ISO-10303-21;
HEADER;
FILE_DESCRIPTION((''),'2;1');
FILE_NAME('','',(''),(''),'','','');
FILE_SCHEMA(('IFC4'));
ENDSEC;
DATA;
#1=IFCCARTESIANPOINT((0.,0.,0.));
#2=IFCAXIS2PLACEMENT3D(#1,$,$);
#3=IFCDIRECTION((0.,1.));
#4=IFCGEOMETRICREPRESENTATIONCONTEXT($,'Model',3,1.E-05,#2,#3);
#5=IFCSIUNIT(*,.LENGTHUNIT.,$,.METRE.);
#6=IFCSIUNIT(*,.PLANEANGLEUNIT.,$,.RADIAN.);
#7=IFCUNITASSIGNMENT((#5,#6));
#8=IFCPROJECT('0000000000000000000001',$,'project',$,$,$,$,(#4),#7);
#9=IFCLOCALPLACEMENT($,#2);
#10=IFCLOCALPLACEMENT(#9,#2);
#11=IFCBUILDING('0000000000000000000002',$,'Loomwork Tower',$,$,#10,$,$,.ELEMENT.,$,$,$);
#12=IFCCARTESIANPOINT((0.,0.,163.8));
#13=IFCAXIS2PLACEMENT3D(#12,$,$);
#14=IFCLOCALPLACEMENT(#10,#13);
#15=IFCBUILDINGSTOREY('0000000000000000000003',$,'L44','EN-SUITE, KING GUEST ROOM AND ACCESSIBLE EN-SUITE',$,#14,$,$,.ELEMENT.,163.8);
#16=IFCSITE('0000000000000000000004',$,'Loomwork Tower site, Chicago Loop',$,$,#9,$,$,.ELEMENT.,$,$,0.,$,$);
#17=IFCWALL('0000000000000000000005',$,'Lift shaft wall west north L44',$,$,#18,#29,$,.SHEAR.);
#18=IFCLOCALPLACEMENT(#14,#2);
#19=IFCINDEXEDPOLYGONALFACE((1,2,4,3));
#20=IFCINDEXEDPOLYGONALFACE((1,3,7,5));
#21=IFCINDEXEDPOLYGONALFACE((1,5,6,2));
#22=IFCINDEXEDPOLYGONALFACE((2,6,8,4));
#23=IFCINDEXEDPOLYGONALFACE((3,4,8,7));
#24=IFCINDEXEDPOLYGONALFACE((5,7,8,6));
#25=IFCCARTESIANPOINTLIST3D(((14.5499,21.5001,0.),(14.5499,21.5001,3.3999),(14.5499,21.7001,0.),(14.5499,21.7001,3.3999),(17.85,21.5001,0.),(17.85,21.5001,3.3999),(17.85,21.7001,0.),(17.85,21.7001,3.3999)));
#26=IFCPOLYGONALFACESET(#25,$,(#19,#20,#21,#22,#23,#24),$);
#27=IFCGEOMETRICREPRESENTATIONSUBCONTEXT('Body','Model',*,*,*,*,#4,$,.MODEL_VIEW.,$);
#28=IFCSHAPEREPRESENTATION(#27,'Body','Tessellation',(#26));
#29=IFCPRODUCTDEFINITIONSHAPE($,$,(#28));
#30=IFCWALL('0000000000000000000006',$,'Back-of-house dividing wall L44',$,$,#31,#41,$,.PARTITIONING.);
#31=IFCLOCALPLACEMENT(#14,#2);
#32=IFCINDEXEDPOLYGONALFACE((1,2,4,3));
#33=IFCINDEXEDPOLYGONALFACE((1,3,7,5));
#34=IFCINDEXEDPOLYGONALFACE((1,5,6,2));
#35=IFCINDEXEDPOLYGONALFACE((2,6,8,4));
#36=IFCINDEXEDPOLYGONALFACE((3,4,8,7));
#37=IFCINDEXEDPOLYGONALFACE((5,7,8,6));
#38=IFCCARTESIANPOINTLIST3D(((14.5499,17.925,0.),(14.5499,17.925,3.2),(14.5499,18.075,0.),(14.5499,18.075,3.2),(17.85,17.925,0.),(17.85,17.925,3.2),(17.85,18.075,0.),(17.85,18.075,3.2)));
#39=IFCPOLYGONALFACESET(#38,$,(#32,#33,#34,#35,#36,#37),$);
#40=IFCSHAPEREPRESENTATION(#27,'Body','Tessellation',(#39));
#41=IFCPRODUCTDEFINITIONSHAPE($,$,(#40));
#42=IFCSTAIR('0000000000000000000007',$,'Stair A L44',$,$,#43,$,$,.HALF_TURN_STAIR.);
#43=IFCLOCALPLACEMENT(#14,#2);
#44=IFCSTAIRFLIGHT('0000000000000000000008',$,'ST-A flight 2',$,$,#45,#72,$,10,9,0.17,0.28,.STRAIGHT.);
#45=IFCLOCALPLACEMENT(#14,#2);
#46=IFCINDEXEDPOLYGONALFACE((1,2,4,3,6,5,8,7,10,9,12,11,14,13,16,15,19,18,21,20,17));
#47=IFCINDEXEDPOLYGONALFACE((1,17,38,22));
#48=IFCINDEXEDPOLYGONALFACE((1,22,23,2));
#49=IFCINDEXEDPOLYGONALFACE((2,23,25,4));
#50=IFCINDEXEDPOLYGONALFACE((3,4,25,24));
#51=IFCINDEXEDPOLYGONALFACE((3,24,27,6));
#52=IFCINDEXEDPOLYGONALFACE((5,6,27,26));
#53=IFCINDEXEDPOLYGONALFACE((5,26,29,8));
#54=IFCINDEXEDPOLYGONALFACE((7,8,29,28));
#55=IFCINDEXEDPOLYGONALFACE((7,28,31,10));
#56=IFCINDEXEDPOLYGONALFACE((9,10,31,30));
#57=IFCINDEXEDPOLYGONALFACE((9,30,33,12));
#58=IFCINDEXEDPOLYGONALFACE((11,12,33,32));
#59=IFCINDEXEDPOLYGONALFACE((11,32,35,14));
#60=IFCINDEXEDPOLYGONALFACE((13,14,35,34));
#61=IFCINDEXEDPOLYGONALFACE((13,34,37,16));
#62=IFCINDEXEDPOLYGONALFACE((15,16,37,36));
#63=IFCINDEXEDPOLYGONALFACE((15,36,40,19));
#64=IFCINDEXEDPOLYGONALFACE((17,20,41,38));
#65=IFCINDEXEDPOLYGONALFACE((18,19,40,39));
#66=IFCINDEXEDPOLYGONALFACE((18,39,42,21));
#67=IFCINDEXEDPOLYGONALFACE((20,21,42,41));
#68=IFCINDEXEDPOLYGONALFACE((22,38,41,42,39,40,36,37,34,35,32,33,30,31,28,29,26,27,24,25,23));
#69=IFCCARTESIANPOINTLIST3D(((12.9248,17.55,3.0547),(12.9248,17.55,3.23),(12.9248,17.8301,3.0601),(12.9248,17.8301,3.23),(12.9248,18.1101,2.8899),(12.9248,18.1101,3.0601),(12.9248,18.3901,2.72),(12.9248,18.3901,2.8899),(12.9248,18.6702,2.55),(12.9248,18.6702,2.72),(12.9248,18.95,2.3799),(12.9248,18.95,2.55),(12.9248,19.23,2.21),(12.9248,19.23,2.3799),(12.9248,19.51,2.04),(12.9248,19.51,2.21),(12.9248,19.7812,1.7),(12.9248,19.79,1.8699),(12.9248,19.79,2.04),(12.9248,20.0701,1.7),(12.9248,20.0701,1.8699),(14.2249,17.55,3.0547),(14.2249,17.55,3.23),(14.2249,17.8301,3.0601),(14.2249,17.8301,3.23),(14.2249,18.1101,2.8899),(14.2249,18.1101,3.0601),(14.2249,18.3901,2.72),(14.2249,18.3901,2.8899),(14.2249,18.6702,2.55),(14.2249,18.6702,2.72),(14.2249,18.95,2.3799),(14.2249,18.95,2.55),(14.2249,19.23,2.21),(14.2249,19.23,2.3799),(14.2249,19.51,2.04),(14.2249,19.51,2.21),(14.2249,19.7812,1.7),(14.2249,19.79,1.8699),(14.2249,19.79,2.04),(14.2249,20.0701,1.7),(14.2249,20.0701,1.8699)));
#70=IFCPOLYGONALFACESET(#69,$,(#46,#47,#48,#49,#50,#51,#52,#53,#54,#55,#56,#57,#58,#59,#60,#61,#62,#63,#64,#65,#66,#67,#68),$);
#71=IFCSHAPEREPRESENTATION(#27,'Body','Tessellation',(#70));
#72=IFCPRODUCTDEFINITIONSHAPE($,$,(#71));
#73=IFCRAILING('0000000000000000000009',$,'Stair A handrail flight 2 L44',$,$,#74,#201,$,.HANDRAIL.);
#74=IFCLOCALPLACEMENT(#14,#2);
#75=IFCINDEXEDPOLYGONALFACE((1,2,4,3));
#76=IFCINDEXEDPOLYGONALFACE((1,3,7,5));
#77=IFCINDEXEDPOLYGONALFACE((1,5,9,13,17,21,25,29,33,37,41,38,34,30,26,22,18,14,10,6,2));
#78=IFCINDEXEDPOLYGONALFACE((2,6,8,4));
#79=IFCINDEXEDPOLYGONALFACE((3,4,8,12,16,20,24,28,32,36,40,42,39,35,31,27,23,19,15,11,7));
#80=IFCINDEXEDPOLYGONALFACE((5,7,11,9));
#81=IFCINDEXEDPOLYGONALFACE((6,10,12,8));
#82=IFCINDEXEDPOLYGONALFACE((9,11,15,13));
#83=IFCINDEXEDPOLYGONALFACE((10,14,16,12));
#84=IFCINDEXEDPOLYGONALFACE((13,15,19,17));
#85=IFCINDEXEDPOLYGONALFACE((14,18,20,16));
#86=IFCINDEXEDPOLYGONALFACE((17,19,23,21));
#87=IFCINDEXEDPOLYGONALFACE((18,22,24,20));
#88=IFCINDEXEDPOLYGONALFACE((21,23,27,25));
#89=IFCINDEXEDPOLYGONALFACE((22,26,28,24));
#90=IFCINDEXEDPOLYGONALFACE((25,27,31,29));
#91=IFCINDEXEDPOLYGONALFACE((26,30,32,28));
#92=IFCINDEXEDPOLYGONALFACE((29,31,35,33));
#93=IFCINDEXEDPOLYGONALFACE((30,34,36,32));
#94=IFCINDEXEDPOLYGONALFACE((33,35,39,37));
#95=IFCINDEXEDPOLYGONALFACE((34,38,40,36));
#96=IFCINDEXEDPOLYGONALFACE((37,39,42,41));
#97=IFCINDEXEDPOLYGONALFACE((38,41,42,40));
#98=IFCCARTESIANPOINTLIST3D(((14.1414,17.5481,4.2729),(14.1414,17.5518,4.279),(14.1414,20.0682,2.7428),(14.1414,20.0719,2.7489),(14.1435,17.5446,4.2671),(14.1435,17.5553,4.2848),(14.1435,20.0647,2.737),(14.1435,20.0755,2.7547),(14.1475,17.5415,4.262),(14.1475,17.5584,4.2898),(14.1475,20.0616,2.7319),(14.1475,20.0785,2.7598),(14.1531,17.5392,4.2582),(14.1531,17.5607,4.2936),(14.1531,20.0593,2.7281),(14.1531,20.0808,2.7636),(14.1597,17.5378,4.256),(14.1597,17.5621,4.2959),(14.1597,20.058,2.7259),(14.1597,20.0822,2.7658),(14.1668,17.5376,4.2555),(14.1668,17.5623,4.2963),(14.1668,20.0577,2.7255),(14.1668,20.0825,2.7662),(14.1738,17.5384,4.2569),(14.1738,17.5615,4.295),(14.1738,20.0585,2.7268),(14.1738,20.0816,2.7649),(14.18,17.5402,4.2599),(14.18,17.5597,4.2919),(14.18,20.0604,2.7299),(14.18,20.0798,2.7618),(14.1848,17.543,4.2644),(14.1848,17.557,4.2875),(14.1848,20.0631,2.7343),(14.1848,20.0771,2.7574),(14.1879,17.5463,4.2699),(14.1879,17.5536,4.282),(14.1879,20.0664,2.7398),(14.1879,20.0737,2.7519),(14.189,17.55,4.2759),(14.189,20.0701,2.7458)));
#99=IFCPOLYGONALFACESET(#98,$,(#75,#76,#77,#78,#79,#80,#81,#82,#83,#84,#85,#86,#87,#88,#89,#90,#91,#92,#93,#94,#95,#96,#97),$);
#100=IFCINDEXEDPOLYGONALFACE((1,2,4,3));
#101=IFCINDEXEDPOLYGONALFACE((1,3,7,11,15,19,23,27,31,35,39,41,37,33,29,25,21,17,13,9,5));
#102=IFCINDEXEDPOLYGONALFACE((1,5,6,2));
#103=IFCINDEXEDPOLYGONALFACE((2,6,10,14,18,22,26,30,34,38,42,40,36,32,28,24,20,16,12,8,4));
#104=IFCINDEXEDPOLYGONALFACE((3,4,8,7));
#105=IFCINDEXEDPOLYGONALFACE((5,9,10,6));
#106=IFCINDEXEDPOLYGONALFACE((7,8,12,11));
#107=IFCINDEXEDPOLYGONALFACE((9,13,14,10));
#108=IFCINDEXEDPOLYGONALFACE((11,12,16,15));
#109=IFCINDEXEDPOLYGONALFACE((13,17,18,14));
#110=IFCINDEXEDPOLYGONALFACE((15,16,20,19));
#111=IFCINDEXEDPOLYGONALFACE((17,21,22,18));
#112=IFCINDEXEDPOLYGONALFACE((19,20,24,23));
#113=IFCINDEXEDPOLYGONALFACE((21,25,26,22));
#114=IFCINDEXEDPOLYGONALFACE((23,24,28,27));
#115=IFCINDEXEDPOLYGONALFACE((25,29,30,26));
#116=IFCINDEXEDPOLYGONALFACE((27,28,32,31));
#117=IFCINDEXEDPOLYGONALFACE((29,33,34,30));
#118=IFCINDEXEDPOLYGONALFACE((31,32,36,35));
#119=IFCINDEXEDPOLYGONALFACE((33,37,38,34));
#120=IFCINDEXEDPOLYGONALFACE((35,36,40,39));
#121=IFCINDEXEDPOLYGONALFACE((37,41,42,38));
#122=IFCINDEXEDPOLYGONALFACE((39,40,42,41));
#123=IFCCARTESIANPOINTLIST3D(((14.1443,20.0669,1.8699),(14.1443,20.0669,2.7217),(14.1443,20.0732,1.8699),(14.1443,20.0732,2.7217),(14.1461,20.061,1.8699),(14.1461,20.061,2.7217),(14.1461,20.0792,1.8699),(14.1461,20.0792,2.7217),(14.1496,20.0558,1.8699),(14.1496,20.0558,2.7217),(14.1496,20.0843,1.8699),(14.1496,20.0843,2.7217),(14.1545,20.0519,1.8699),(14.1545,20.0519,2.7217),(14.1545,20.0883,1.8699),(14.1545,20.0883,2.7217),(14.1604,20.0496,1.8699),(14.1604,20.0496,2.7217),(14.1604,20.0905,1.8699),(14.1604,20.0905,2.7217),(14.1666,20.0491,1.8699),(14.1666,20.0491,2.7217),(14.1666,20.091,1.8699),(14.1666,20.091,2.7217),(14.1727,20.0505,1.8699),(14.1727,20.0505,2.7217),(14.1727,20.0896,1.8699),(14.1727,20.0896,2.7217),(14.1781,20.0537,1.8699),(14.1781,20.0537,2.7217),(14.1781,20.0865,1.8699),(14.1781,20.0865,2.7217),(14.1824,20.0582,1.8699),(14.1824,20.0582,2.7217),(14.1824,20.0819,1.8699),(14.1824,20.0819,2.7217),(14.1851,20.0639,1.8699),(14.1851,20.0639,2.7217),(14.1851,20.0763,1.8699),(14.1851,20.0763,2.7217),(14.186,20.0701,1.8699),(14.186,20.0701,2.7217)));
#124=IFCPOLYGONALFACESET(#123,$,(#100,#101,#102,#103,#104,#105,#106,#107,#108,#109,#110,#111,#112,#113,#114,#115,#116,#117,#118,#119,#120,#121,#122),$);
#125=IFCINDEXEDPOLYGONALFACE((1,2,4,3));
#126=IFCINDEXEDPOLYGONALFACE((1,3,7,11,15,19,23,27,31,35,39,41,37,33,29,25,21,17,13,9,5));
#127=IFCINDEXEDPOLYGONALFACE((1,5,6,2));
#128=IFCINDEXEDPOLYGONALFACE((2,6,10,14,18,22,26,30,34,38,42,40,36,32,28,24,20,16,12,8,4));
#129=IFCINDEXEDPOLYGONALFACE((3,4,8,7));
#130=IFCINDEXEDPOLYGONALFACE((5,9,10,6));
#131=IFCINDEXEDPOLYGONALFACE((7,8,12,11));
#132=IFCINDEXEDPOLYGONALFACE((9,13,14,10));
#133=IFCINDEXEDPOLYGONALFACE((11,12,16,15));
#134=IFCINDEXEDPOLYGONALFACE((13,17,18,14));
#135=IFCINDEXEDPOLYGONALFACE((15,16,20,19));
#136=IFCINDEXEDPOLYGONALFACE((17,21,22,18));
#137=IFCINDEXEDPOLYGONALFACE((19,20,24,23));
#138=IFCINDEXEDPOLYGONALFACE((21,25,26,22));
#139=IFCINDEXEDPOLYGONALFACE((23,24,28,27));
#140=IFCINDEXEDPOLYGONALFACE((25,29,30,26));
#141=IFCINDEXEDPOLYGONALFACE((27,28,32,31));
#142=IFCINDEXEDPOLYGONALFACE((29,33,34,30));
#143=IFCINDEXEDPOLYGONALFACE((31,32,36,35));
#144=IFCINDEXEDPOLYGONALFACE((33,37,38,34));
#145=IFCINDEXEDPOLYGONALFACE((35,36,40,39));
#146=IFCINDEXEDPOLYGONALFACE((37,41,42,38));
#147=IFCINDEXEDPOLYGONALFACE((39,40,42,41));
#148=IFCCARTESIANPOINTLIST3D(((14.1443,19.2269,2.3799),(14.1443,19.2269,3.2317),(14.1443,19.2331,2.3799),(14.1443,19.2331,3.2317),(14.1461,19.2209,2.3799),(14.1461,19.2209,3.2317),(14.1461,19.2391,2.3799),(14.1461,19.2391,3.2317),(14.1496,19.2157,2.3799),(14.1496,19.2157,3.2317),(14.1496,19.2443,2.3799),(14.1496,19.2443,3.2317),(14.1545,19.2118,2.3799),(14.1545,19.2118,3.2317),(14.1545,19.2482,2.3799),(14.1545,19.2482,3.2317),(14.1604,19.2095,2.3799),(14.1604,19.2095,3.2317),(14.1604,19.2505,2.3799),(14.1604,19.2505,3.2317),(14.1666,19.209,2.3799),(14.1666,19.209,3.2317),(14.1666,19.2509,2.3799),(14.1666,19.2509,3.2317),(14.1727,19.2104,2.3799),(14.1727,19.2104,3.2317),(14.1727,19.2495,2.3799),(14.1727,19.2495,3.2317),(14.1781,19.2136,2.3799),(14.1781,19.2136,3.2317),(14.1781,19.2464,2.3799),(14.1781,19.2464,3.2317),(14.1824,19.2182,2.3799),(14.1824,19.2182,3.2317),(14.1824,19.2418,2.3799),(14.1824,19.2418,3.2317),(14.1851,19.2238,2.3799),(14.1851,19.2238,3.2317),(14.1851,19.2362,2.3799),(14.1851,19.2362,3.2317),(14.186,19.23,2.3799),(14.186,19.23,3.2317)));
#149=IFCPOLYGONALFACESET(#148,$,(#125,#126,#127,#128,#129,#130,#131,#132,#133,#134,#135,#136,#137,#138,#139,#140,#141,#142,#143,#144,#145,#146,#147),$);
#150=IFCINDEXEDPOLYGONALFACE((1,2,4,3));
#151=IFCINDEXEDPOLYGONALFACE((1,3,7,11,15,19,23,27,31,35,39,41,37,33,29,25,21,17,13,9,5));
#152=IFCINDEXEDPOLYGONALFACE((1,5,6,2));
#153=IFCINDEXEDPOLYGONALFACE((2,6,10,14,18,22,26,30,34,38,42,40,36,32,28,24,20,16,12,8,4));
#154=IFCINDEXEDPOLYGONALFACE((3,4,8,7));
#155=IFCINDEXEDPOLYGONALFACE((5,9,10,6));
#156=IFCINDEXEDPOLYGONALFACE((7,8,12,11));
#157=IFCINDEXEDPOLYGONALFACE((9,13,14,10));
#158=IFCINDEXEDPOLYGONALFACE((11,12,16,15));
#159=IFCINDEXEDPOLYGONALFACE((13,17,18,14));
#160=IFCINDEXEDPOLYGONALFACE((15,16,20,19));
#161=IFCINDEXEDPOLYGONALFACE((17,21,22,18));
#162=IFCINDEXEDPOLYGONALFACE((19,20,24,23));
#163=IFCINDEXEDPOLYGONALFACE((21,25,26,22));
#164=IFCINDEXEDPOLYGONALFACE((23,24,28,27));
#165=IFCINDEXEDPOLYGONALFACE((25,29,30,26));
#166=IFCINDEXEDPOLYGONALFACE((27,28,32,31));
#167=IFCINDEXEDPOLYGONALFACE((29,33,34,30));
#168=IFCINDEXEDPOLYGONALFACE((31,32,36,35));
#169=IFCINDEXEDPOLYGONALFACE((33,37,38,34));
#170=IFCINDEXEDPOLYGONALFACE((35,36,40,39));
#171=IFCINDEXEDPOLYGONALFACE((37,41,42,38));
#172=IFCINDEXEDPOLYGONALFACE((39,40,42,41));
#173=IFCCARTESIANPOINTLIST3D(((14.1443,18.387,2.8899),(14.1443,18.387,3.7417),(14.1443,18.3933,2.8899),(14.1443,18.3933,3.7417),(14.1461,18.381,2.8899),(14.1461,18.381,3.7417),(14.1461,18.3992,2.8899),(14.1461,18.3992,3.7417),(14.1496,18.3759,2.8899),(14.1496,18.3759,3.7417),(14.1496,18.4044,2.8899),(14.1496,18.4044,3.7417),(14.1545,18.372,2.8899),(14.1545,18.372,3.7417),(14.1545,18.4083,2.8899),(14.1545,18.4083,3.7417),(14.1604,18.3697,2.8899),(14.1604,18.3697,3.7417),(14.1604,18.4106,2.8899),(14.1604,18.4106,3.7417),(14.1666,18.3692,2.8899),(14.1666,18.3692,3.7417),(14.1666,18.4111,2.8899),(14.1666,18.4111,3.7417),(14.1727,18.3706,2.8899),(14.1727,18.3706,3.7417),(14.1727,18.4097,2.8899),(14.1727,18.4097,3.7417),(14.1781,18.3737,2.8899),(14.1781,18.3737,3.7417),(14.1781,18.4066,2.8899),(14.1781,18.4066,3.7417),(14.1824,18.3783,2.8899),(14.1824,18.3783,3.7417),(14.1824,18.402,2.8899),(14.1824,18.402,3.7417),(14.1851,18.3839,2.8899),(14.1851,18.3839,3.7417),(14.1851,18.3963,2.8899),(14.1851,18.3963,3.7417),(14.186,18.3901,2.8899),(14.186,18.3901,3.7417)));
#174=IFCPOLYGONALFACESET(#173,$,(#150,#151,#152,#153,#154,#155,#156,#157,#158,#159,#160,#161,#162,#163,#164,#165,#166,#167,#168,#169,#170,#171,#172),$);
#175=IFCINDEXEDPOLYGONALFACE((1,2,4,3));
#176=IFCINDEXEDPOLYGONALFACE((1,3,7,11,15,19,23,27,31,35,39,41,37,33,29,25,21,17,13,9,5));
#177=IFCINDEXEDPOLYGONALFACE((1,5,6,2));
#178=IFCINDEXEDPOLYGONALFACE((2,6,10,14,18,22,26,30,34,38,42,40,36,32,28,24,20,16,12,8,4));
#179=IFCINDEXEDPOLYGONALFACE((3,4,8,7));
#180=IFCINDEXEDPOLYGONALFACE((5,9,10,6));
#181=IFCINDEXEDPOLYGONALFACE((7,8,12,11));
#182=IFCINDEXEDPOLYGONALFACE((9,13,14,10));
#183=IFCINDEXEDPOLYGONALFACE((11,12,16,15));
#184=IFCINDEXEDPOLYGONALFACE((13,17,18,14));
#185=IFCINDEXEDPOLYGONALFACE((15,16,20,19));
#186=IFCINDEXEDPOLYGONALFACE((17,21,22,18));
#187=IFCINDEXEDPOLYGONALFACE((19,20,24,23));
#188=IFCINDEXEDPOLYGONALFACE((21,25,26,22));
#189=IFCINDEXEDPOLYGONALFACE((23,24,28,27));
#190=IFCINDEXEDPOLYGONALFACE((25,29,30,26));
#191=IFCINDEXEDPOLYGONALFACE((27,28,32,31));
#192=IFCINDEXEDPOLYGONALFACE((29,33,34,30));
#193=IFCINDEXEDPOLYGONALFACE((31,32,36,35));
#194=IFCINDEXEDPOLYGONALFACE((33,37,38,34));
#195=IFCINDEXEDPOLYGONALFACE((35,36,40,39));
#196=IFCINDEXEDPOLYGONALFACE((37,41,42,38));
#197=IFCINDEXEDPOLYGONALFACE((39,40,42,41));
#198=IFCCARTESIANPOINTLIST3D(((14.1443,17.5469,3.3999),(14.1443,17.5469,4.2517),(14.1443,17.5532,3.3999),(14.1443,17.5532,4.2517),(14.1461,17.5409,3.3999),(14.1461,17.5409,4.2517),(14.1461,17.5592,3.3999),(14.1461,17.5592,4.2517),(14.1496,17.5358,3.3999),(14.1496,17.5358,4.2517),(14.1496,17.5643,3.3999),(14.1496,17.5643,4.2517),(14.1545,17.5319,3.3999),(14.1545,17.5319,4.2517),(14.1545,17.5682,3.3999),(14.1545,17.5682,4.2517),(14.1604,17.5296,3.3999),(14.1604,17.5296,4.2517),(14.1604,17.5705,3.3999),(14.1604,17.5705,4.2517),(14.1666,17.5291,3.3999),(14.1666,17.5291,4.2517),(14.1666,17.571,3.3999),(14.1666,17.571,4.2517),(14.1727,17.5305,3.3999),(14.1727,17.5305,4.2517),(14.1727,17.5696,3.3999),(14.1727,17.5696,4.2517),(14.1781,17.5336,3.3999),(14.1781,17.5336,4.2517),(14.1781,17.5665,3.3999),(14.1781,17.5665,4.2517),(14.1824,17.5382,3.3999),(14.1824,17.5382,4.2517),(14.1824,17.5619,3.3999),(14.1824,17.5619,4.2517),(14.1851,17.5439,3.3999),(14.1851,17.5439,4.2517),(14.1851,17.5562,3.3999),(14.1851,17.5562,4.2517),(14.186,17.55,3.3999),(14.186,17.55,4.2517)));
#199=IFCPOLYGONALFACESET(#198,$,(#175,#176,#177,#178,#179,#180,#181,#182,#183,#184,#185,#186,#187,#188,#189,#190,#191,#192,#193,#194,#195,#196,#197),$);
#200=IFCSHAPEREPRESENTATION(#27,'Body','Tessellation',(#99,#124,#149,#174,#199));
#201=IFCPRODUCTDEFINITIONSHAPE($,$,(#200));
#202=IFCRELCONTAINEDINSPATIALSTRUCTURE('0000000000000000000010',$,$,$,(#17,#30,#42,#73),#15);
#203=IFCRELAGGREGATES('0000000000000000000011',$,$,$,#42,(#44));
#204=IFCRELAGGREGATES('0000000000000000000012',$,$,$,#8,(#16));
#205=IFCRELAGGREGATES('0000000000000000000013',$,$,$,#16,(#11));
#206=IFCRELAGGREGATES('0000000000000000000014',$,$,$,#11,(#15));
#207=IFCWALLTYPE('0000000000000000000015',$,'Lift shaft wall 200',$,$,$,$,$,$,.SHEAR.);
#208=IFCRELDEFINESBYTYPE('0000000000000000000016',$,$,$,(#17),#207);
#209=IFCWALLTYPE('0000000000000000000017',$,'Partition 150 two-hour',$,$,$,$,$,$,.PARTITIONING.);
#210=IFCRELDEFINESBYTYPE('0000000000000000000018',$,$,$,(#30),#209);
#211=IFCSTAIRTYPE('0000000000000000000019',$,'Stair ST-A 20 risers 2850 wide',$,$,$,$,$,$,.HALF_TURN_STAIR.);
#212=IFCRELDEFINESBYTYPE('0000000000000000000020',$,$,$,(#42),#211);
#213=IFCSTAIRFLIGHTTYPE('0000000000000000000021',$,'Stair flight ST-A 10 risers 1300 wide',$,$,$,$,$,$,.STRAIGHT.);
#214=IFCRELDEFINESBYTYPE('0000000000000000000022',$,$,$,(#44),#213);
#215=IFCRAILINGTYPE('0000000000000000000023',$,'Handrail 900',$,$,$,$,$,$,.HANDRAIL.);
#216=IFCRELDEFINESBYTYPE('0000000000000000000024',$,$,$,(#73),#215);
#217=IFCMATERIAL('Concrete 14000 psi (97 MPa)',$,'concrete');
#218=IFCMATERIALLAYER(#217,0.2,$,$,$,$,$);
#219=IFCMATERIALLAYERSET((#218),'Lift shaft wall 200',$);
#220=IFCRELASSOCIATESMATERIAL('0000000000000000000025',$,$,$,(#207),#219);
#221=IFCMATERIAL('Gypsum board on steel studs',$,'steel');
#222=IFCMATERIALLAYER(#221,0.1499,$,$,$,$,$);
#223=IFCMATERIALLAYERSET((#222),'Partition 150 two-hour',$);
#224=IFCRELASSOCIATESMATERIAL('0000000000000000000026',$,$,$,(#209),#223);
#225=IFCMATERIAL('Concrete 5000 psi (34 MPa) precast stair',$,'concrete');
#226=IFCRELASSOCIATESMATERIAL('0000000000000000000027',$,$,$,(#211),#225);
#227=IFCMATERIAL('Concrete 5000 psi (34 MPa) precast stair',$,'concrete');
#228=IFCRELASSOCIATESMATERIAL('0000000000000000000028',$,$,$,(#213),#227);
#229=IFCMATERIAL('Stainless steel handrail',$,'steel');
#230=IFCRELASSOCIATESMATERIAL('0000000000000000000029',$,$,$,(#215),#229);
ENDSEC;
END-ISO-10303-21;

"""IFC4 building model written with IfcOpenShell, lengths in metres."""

from ifc_helpers import new_model, si_unit, direction, frame, frame_2d, origin, origin_2d, place, context, subcontext, project, spatial, polyline, rectangle, circle, outline, extrude, material, layer, layer_set, type_object, element, aggregate, save


model = new_model("IFC4")

# Units and contexts
model_context = context("Model", 3, precision=1e-05, world=origin(), true_north=direction((0.0, 1.0)))
body_context = subcontext(model_context, "Body", "Model", "MODEL_VIEW")
ifc_project = project(units=[si_unit("LENGTHUNIT", "METRE"), si_unit("PLANEANGLEUNIT", "RADIAN")], contexts=[model_context])

# Site, building, storey
site_placement = place(None, origin())
site = spatial("IfcSite", under=ifc_project, at=site_placement, Name="Loomwork Tower site, Chicago Loop", CompositionType="ELEMENT", RefElevation=0.0)
building_placement = place(site_placement, origin())
building = spatial("IfcBuilding", under=site, at=building_placement, Name="Loomwork Tower", CompositionType="ELEMENT")
storey_placement = place(building_placement, frame((0.0, 0.0, 163.8)))
storey = spatial("IfcBuildingStorey", under=building, at=storey_placement, Name="L44", Description="EN-SUITE, KING GUEST ROOM AND ACCESSIBLE EN-SUITE", CompositionType="ELEMENT", Elevation=163.8)

# Walls
ifc_material_1 = material(Name="Concrete 14000 psi (97 MPa)", Category="concrete")
ifc_layer_1 = layer(ifc_material_1, 0.2)
ifc_layer_set_1 = layer_set([ifc_layer_1], Name="Lift shaft wall 200")
wall_type_1 = type_object("IfcWallType", Name="Lift shaft wall 200", PredefinedType="SHEAR", material=ifc_layer_set_1)
wall_1_placement = place(storey_placement, frame((14.55, 21.6001, 0.0), z_axis=(0.0, 0.0, 1.0), x_axis=(1.0, 0.0, 0.0)))
element("IfcWall", 1, at=wall_1_placement, inside=storey, type_object=wall_type_1, Name="Lift shaft wall west north L44", PredefinedType="SHEAR", context=body_context, shape_type="SweptSolid", body=[
    extrude(rectangle(XDim=3.3, YDim=0.2, at=frame_2d((1.6499, 0.0))), origin(), (0.0, 0.0, 1.0), 3.3999),
])
ifc_material_2 = material(Name="Gypsum board on steel studs", Category="steel")
ifc_layer_2 = layer(ifc_material_2, 0.1499)
ifc_layer_set_2 = layer_set([ifc_layer_2], Name="Partition 150 two-hour")
wall_type_2 = type_object("IfcWallType", Name="Partition 150 two-hour", PredefinedType="PARTITIONING", material=ifc_layer_set_2)
wall_2_placement = place(storey_placement, frame((14.55, 18.0, 0.0), z_axis=(0.0, 0.0, 1.0), x_axis=(1.0, 0.0, 0.0)))
element("IfcWall", 2, at=wall_2_placement, inside=storey, type_object=wall_type_2, Name="Back-of-house dividing wall L44", PredefinedType="PARTITIONING", context=body_context, shape_type="SweptSolid", body=[
    extrude(rectangle(XDim=3.3, YDim=0.1499, at=frame_2d((1.6499, 0.0))), origin(), (0.0, 0.0, 1.0), 3.2),
])

# Stair, stair flight
ifc_material_3 = material(Name="Concrete 5000 psi (34 MPa) precast stair", Category="concrete")
stair_type = type_object("IfcStairType", Name="Stair ST-A 20 risers 2850 wide", PredefinedType="HALF_TURN_STAIR", material=ifc_material_3)
stair_placement = place(storey_placement, origin())
stair = element("IfcStair", 3, at=stair_placement, inside=storey, type_object=stair_type, Name="Stair A L44", PredefinedType="HALF_TURN_STAIR")
ifc_material_4 = material(Name="Concrete 5000 psi (34 MPa) precast stair", Category="concrete")
stair_flight_type = type_object("IfcStairFlightType", Name="Stair flight ST-A 10 risers 1300 wide", PredefinedType="STRAIGHT", material=ifc_material_4)
stair_flight_placement = place(storey_placement, frame((13.575, 20.0701, 1.7), z_axis=(0.0, 0.0, 1.0), x_axis=(0.0, -1.0, 0.0)))
stair_flight = element("IfcStairFlight", 4, at=stair_flight_placement, type_object=stair_flight_type, Name="ST-A flight 2", NumberOfRisers=10, NumberOfTreads=9, PredefinedType="STRAIGHT", RiserHeight=0.17, TreadLength=0.28, context=body_context, shape_type="SweptSolid", body=[
    extrude(outline(polyline([(0.0, 0.0), (0.0, 0.1699), (0.28, 0.1699), (0.28, 0.3401), (0.5601, 0.3401), (0.5601, 0.51), (0.8401, 0.51), (0.8401, 0.6799), (1.1201, 0.6799), (1.1201, 0.8501), (1.3999, 0.8501), (1.3999, 1.02), (1.6799, 1.02), (1.6799, 1.1899), (1.96, 1.1899), (1.96, 1.3601), (2.24, 1.3601), (2.24, 1.53), (2.52, 1.53), (2.52, 1.7), (2.52, 1.3547), (0.2888, 0.0), (0.0, 0.0)])), frame((0.0, 0.6499, 0.0), z_axis=(0.0, -1.0, 0.0), x_axis=(1.0, 0.0, 0.0)), (0.0, 0.0, 1.0), 1.3),
])
aggregate(stair, [stair_flight])

# Railing
ifc_material_5 = material(Name="Stainless steel handrail", Category="steel")
railing_type = type_object("IfcRailingType", Name="Handrail 900", PredefinedType="HANDRAIL", material=ifc_material_5)
railing_placement = place(storey_placement, frame((14.165, 20.0701, 1.8699)))
element("IfcRailing", 5, at=railing_placement, inside=storey, type_object=railing_type, Name="Stair A handrail flight 2 L44", PredefinedType="HANDRAIL", context=body_context, shape_type="SweptSolid", body=[
    extrude(circle(Radius=0.0239, at=origin_2d()), frame((0.0, 0.0, 0.876), z_axis=(0.0, -0.854785, 0.518982), x_axis=(1.0, 0.0, 0.0)), (0.0, 0.0, 1.0), 2.9482),
    extrude(circle(Radius=0.021, at=origin_2d()), origin(), (0.0, 0.0, 1.0), 0.8518),
    extrude(circle(Radius=0.021, at=origin_2d()), frame((0.0, -0.8401, 0.51)), (0.0, 0.0, 1.0), 0.8518),
    extrude(circle(Radius=0.021, at=origin_2d()), frame((0.0, -1.6799, 1.02)), (0.0, 0.0, 1.0), 0.8518),
    extrude(circle(Radius=0.021, at=origin_2d()), frame((0.0, -2.52, 1.53)), (0.0, 0.0, 1.0), 0.8518),
])

save(model, "model.ifc")
